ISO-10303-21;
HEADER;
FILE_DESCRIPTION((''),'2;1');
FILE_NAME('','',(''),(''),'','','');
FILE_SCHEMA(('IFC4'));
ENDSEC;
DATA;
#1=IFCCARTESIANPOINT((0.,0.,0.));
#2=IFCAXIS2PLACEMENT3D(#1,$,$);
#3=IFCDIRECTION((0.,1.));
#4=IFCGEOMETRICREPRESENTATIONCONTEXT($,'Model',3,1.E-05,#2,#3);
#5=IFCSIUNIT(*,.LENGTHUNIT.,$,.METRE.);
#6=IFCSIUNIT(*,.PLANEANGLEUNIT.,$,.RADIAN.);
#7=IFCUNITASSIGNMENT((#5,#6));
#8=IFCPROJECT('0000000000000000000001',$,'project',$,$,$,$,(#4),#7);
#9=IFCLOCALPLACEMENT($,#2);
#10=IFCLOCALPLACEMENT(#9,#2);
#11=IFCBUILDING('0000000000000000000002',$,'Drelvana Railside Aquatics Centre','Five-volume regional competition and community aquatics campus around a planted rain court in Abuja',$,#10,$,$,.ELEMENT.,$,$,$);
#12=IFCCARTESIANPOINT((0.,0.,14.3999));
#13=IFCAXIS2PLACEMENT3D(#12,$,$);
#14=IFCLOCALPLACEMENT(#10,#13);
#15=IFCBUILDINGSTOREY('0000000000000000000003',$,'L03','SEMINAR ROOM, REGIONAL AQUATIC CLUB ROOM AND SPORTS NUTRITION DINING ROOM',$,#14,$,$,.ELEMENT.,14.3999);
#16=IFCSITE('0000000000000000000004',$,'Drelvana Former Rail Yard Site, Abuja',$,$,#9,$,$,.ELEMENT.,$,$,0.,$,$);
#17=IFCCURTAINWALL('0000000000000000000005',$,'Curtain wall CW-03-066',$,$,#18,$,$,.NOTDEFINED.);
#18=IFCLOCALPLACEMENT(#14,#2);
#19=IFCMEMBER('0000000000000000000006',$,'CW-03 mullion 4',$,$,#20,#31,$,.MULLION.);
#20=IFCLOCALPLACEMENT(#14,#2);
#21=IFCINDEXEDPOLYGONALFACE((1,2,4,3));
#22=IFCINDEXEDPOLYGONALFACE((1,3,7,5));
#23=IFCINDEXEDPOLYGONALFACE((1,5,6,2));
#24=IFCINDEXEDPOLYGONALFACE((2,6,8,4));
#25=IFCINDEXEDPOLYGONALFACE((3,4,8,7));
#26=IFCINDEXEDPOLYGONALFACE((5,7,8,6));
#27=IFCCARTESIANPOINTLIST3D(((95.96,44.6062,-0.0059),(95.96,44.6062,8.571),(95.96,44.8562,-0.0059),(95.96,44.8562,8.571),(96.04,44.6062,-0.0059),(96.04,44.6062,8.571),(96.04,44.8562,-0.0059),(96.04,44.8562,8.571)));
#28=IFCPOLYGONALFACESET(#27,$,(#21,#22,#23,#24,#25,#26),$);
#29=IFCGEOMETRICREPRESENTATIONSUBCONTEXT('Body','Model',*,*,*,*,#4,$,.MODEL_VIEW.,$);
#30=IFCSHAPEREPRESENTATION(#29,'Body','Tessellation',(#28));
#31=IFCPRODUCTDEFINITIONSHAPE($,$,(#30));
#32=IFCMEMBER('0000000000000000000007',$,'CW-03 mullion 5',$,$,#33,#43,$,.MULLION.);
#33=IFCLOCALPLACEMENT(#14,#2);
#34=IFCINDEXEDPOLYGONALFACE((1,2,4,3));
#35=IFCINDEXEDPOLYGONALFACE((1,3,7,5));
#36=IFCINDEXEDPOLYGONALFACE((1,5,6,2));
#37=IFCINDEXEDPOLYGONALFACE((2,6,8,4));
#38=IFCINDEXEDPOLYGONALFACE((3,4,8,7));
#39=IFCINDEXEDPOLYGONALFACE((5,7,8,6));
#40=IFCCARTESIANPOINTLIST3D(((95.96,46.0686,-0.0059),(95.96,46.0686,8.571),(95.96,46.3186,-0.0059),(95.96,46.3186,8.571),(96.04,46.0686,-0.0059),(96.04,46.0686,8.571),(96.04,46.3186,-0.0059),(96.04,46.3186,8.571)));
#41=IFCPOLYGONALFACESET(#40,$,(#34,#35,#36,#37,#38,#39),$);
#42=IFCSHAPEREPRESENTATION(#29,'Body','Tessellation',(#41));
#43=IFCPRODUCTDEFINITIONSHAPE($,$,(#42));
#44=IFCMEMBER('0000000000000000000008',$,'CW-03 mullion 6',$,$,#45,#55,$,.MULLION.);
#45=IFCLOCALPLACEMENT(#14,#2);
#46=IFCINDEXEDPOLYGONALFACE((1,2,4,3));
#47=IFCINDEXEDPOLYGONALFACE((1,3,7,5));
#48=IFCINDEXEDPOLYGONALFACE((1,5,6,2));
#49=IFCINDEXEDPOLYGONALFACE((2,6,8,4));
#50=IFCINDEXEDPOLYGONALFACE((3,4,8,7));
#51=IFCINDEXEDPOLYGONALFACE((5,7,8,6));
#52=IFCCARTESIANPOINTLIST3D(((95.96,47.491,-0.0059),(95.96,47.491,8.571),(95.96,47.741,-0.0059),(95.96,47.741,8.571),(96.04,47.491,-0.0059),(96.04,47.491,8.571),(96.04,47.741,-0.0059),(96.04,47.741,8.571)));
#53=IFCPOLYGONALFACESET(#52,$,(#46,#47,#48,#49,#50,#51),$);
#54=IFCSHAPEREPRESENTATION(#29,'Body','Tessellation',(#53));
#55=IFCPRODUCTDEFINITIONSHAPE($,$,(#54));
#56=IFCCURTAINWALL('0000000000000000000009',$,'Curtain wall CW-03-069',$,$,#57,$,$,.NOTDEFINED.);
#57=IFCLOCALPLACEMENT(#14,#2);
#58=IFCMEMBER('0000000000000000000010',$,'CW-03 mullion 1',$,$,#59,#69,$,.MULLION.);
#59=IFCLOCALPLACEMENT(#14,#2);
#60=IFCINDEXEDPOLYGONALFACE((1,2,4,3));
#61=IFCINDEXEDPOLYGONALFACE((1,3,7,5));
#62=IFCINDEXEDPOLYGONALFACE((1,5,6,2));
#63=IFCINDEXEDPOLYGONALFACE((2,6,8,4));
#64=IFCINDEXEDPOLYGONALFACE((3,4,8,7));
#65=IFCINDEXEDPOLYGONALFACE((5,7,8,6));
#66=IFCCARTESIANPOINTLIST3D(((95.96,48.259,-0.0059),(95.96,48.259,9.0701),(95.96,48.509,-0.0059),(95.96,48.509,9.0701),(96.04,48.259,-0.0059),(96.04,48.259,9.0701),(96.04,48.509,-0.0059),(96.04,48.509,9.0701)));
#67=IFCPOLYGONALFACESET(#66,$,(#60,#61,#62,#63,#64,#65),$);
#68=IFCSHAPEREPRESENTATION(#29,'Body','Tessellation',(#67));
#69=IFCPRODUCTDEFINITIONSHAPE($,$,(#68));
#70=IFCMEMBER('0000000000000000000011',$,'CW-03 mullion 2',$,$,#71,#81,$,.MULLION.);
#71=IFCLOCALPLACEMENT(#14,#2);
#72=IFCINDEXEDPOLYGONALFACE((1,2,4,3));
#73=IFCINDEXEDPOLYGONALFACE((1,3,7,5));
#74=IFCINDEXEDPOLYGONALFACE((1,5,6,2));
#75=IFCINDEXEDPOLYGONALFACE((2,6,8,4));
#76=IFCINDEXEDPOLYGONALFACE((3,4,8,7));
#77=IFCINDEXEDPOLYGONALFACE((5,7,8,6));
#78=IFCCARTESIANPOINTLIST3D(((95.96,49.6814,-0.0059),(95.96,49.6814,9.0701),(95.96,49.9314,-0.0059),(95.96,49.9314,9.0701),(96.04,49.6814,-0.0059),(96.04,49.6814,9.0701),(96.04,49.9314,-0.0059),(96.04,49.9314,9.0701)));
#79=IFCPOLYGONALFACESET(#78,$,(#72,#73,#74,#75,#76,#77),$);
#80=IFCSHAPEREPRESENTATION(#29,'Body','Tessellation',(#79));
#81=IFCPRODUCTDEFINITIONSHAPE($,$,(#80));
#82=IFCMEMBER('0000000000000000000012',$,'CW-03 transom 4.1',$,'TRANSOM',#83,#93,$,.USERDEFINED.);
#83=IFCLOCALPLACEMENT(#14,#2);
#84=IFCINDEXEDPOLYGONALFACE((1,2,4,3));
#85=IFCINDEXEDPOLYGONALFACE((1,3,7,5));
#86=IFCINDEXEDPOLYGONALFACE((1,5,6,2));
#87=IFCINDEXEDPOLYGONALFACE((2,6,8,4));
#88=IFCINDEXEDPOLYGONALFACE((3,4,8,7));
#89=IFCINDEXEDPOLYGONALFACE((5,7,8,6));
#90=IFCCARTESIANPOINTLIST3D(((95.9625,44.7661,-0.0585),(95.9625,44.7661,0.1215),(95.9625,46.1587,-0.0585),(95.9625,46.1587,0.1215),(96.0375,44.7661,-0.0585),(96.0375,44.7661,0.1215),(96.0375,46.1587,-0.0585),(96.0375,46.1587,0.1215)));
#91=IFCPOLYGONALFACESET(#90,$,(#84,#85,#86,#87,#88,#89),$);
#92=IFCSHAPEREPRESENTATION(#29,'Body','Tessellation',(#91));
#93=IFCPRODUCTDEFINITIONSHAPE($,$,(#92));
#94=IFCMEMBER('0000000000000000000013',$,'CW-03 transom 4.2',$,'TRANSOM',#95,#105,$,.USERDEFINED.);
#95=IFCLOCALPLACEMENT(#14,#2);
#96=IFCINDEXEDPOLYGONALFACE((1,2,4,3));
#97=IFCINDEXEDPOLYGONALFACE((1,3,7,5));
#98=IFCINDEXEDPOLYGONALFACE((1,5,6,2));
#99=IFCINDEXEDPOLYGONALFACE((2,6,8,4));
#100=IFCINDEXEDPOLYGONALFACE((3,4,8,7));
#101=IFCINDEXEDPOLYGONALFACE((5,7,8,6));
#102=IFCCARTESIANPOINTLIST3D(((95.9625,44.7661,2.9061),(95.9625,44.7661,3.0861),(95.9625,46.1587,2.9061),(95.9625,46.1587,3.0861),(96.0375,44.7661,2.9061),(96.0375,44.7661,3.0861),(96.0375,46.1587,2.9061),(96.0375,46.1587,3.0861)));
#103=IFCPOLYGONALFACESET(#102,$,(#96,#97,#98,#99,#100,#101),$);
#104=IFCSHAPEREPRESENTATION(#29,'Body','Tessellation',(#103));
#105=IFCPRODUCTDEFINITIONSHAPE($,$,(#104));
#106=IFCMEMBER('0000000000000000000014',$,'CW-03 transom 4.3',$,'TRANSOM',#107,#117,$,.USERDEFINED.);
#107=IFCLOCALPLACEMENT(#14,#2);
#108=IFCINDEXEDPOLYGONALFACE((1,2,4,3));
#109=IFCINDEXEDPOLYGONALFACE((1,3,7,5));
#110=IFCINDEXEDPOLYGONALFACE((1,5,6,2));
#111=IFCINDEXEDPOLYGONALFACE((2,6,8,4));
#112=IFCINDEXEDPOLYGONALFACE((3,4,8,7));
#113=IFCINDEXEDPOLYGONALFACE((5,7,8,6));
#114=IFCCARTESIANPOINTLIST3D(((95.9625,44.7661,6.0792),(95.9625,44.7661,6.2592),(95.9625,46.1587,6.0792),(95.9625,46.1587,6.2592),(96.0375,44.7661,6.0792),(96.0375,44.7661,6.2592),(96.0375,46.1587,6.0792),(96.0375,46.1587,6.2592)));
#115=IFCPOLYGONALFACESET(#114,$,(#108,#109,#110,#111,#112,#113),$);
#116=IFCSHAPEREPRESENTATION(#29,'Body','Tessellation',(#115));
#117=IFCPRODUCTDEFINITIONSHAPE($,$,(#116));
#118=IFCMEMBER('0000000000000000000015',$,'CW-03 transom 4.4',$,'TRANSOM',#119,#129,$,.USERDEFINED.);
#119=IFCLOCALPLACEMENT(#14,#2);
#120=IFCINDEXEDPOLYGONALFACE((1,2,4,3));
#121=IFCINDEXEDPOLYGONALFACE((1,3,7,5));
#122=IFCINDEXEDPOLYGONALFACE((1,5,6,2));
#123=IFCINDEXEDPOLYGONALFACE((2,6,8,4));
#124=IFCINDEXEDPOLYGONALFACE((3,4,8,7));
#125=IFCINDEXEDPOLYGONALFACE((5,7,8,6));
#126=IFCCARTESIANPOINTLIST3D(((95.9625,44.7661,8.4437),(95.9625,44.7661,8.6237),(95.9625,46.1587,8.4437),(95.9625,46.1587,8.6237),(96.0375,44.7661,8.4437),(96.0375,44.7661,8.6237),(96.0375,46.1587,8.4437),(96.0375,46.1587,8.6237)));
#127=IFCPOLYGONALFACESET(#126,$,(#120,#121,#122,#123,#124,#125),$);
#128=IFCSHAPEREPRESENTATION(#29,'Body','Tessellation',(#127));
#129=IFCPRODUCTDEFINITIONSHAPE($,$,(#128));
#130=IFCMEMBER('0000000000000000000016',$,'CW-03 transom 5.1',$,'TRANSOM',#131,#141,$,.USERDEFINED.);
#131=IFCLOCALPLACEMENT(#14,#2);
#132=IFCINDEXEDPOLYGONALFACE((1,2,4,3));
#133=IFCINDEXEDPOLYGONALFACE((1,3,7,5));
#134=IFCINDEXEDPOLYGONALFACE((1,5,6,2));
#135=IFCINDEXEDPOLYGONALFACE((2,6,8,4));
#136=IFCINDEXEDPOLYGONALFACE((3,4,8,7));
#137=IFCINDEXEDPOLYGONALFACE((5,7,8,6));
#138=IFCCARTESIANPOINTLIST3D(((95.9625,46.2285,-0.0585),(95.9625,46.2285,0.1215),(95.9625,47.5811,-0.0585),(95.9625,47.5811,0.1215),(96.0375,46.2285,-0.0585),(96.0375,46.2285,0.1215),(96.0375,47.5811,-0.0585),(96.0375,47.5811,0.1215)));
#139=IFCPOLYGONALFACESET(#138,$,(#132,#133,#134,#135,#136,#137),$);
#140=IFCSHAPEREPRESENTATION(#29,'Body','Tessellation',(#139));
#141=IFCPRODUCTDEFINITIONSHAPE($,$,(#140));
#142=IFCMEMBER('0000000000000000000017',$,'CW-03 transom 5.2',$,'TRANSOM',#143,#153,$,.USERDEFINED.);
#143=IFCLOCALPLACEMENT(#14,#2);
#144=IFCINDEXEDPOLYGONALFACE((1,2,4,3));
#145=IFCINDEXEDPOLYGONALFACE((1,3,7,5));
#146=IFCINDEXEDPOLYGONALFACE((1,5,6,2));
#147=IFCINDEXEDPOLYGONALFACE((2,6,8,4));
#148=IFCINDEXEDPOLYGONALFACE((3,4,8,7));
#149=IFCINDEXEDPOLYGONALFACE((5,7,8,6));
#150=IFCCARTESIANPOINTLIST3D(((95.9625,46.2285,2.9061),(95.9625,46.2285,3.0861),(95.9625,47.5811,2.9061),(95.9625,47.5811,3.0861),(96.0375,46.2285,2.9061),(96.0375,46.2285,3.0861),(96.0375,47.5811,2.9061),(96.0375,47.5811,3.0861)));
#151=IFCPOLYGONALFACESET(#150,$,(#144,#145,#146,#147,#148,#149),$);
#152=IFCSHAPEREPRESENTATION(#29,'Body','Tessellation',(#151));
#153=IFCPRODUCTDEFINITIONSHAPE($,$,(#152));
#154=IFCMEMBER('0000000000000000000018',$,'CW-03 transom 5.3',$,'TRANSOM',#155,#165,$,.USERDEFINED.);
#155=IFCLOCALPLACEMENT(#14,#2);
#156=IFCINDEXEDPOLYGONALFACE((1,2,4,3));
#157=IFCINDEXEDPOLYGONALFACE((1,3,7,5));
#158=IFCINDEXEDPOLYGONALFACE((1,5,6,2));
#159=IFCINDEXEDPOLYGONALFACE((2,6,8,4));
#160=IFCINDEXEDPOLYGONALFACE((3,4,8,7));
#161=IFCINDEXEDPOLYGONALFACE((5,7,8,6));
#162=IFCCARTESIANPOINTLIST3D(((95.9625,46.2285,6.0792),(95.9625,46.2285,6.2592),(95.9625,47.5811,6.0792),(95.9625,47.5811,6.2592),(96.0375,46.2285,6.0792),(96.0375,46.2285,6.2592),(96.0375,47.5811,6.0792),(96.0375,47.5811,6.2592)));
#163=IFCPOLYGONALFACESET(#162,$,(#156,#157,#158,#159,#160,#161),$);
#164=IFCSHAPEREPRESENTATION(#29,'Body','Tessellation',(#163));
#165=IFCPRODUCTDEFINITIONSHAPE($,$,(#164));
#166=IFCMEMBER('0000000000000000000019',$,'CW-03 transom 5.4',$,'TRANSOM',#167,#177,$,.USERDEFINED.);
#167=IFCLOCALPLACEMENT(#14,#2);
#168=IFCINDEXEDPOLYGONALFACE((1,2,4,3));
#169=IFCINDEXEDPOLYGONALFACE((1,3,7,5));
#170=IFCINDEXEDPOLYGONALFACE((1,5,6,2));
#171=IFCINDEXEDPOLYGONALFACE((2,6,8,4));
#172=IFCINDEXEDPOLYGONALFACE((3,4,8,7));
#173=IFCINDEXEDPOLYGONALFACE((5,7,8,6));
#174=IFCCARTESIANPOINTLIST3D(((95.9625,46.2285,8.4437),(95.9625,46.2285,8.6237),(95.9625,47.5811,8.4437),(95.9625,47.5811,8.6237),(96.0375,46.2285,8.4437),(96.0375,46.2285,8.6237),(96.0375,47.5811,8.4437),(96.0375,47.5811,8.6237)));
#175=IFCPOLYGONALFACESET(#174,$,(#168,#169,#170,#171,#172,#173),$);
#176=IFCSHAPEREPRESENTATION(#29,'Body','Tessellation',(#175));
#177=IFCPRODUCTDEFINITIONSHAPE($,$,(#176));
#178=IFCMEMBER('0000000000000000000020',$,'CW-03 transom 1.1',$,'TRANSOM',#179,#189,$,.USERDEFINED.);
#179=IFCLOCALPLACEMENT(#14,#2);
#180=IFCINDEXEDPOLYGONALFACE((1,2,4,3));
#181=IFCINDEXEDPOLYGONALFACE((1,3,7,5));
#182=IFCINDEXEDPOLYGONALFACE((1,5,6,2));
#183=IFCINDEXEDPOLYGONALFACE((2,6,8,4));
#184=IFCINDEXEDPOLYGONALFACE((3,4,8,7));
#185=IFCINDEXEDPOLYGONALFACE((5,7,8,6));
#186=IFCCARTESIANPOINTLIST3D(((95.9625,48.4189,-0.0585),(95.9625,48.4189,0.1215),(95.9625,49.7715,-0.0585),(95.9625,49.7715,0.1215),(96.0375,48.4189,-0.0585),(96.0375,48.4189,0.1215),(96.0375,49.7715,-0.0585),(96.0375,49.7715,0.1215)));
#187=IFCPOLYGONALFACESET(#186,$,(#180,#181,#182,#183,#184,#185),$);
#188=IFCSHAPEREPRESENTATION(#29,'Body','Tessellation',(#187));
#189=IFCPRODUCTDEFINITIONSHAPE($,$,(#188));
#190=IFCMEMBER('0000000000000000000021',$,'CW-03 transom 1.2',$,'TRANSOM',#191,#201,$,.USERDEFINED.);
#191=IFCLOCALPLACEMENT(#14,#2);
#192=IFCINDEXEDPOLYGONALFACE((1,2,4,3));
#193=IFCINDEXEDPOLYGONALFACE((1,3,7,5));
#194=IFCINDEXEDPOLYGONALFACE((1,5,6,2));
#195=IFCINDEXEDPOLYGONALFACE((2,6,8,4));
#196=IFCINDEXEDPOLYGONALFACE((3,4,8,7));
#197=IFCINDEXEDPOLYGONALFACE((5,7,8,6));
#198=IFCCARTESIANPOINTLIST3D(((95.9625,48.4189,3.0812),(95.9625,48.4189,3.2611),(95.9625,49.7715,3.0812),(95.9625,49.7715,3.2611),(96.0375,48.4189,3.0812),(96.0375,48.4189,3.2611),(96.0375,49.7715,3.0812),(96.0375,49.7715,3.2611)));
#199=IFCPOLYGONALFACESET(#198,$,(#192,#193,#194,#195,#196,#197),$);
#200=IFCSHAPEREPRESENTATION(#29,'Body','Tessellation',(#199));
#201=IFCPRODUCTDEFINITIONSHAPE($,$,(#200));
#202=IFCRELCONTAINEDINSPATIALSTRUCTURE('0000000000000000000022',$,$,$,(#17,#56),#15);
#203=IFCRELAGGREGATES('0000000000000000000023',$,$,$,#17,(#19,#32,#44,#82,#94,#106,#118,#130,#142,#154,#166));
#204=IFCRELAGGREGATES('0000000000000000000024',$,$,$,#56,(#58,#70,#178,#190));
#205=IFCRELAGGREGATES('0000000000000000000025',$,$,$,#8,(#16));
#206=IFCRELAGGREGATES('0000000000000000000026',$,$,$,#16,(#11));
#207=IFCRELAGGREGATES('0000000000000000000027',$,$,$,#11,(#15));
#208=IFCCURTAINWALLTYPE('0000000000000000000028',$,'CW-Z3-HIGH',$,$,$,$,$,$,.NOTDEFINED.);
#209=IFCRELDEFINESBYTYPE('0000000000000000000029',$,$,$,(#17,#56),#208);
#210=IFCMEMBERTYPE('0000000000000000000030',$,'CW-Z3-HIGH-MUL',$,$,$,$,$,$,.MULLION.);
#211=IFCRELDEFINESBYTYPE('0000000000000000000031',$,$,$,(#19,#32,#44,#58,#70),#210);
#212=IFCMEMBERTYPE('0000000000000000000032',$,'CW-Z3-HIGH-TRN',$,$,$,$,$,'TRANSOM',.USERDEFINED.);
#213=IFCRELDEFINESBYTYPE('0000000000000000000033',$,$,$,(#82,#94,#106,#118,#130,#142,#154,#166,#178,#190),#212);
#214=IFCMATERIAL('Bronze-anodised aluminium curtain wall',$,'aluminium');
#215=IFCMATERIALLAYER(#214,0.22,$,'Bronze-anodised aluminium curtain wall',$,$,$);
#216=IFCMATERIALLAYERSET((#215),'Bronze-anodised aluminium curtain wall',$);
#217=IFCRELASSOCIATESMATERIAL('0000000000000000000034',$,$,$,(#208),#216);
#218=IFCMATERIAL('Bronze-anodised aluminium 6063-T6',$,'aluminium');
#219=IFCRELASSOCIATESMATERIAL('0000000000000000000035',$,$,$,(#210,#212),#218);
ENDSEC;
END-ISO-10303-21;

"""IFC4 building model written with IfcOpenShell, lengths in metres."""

from ifc_helpers import new_model, si_unit, direction, frame, origin, origin_2d, place, context, subcontext, project, spatial, rectangle, extrude, material, layer, layer_set, material_profile, profile_set, type_object, element, aggregate, save


model = new_model("IFC4")

# Units and contexts
model_context = context("Model", 3, precision=1e-05, world=origin(), true_north=direction((0.0, 1.0)))
body_context = subcontext(model_context, "Body", "Model", "MODEL_VIEW")
ifc_project = project(units=[si_unit("LENGTHUNIT", "METRE"), si_unit("PLANEANGLEUNIT", "RADIAN")], contexts=[model_context])

# Site, building, storey
site_placement = place(None, origin())
site = spatial("IfcSite", under=ifc_project, at=site_placement, Name="Drelvana Former Rail Yard Site, Abuja", CompositionType="ELEMENT", RefElevation=0.0)
building_placement = place(site_placement, origin())
building = spatial("IfcBuilding", under=site, at=building_placement, Name="Drelvana Railside Aquatics Centre", Description="Five-volume regional competition and community aquatics campus around a planted rain court in Abuja", CompositionType="ELEMENT")
storey_placement = place(building_placement, frame((0.0, 0.0, 14.3999)))
storey = spatial("IfcBuildingStorey", under=building, at=storey_placement, Name="L03", Description="SEMINAR ROOM, REGIONAL AQUATIC CLUB ROOM AND SPORTS NUTRITION DINING ROOM", CompositionType="ELEMENT", Elevation=14.3999)

# Curtain walls, members
ifc_material_1 = material(Name="Bronze-anodised aluminium curtain wall", Category="aluminium")
ifc_layer_1 = layer(ifc_material_1, 0.22, Name="Bronze-anodised aluminium curtain wall")
ifc_layer_set_1 = layer_set([ifc_layer_1], Name="Bronze-anodised aluminium curtain wall")
curtain_wall_type = type_object("IfcCurtainWallType", Name="CW-Z3-HIGH", PredefinedType="NOTDEFINED", material=ifc_layer_set_1)
curtain_wall_1_placement = place(storey_placement, origin())
curtain_wall_1 = element("IfcCurtainWall", 1, at=curtain_wall_1_placement, inside=storey, type_object=curtain_wall_type, Name="Curtain wall CW-03-066", PredefinedType="NOTDEFINED")
ifc_material_2 = material(Name="Bronze-anodised aluminium 6063-T6", Category="aluminium")
ifc_material_profile_1 = material_profile(ifc_material_2, rectangle(XDim=0.0801, YDim=0.25, at=origin_2d()), Name="ALU-M 80x250")
ifc_profile_set_1 = profile_set([ifc_material_profile_1], Name="Bronze-anodised aluminium 6063-T6")
member_type_1 = type_object("IfcMemberType", Name="CW-Z3-HIGH-MUL", PredefinedType="MULLION", material=ifc_profile_set_1)
member_1_placement = place(storey_placement, frame((96.0, 44.7312, -0.0059), z_axis=(0.0, 0.0, 1.0), x_axis=(-1.0, 0.0, 0.0)))
member_1 = element("IfcMember", 2, at=member_1_placement, type_object=member_type_1, Name="CW-03 mullion 4", PredefinedType="MULLION", context=body_context, shape_type="SweptSolid", body=[
    extrude(rectangle(XDim=0.0801, YDim=0.25, at=origin_2d()), origin(), (0.0, 0.0, 1.0), 8.5769),
])
member_2_placement = place(storey_placement, frame((96.0, 46.1936, -0.0059), z_axis=(0.0, 0.0, 1.0), x_axis=(-1.0, 0.0, 0.0)))
member_2 = element("IfcMember", 3, at=member_2_placement, type_object=member_type_1, Name="CW-03 mullion 5", PredefinedType="MULLION", context=body_context, shape_type="SweptSolid", body=[
    extrude(rectangle(XDim=0.0801, YDim=0.25, at=origin_2d()), origin(), (0.0, 0.0, 1.0), 8.5769),
])
member_3_placement = place(storey_placement, frame((96.0, 47.616, -0.0059), z_axis=(0.0, 0.0, 1.0), x_axis=(-1.0, 0.0, 0.0)))
member_3 = element("IfcMember", 4, at=member_3_placement, type_object=member_type_1, Name="CW-03 mullion 6", PredefinedType="MULLION", context=body_context, shape_type="SweptSolid", body=[
    extrude(rectangle(XDim=0.0801, YDim=0.25, at=origin_2d()), origin(), (0.0, 0.0, 1.0), 8.5769),
])
curtain_wall_2_placement = place(storey_placement, origin())
curtain_wall_2 = element("IfcCurtainWall", 5, at=curtain_wall_2_placement, inside=storey, type_object=curtain_wall_type, Name="Curtain wall CW-03-069", PredefinedType="NOTDEFINED")
member_4_placement = place(storey_placement, frame((96.0, 48.384, -0.0059), z_axis=(0.0, 0.0, 1.0), x_axis=(-1.0, 0.0, 0.0)))
member_4 = element("IfcMember", 6, at=member_4_placement, type_object=member_type_1, Name="CW-03 mullion 1", PredefinedType="MULLION", context=body_context, shape_type="SweptSolid", body=[
    extrude(rectangle(XDim=0.0801, YDim=0.25, at=origin_2d()), origin(), (0.0, 0.0, 1.0), 9.0759),
])
member_5_placement = place(storey_placement, frame((96.0, 49.8064, -0.0059), z_axis=(0.0, 0.0, 1.0), x_axis=(-1.0, 0.0, 0.0)))
member_5 = element("IfcMember", 7, at=member_5_placement, type_object=member_type_1, Name="CW-03 mullion 2", PredefinedType="MULLION", context=body_context, shape_type="SweptSolid", body=[
    extrude(rectangle(XDim=0.0801, YDim=0.25, at=origin_2d()), origin(), (0.0, 0.0, 1.0), 9.0759),
])

# Members
ifc_material_profile_2 = material_profile(ifc_material_2, rectangle(XDim=0.1799, YDim=0.075, at=origin_2d()), Name="ALU-T 75x180")
ifc_profile_set_2 = profile_set([ifc_material_profile_2], Name="Bronze-anodised aluminium 6063-T6")
member_type_2 = type_object("IfcMemberType", Name="CW-Z3-HIGH-TRN", ElementType="TRANSOM", PredefinedType="USERDEFINED", material=ifc_profile_set_2)
member_6_placement = place(storey_placement, frame((96.0, 44.7661, 0.0315), z_axis=(0.0, 1.0, 0.0), x_axis=(0.0, 0.0, 1.0)))
member_6 = element("IfcMember", 8, at=member_6_placement, type_object=member_type_2, Name="CW-03 transom 4.1", ObjectType="TRANSOM", PredefinedType="USERDEFINED", context=body_context, shape_type="SweptSolid", body=[
    extrude(rectangle(XDim=0.1799, YDim=0.075, at=origin_2d()), origin(), (0.0, 0.0, 1.0), 1.3926),
])
member_7_placement = place(storey_placement, frame((96.0, 44.7661, 2.9961), z_axis=(0.0, 1.0, 0.0), x_axis=(0.0, 0.0, 1.0)))
member_7 = element("IfcMember", 9, at=member_7_placement, type_object=member_type_2, Name="CW-03 transom 4.2", ObjectType="TRANSOM", PredefinedType="USERDEFINED", context=body_context, shape_type="SweptSolid", body=[
    extrude(rectangle(XDim=0.1799, YDim=0.075, at=origin_2d()), origin(), (0.0, 0.0, 1.0), 1.3926),
])
member_8_placement = place(storey_placement, frame((96.0, 44.7661, 6.1692), z_axis=(0.0, 1.0, 0.0), x_axis=(0.0, 0.0, 1.0)))
member_8 = element("IfcMember", 10, at=member_8_placement, type_object=member_type_2, Name="CW-03 transom 4.3", ObjectType="TRANSOM", PredefinedType="USERDEFINED", context=body_context, shape_type="SweptSolid", body=[
    extrude(rectangle(XDim=0.1799, YDim=0.075, at=origin_2d()), origin(), (0.0, 0.0, 1.0), 1.3926),
])
member_9_placement = place(storey_placement, frame((96.0, 44.7661, 8.5337), z_axis=(0.0, 1.0, 0.0), x_axis=(0.0, 0.0, 1.0)))
member_9 = element("IfcMember", 11, at=member_9_placement, type_object=member_type_2, Name="CW-03 transom 4.4", ObjectType="TRANSOM", PredefinedType="USERDEFINED", context=body_context, shape_type="SweptSolid", body=[
    extrude(rectangle(XDim=0.1799, YDim=0.075, at=origin_2d()), origin(), (0.0, 0.0, 1.0), 1.3926),
])
member_10_placement = place(storey_placement, frame((96.0, 46.2285, 0.0315), z_axis=(0.0, 1.0, 0.0), x_axis=(0.0, 0.0, 1.0)))
member_10 = element("IfcMember", 12, at=member_10_placement, type_object=member_type_2, Name="CW-03 transom 5.1", ObjectType="TRANSOM", PredefinedType="USERDEFINED", context=body_context, shape_type="SweptSolid", body=[
    extrude(rectangle(XDim=0.1799, YDim=0.075, at=origin_2d()), origin(), (0.0, 0.0, 1.0), 1.3525),
])
member_11_placement = place(storey_placement, frame((96.0, 46.2285, 2.9961), z_axis=(0.0, 1.0, 0.0), x_axis=(0.0, 0.0, 1.0)))
member_11 = element("IfcMember", 13, at=member_11_placement, type_object=member_type_2, Name="CW-03 transom 5.2", ObjectType="TRANSOM", PredefinedType="USERDEFINED", context=body_context, shape_type="SweptSolid", body=[
    extrude(rectangle(XDim=0.1799, YDim=0.075, at=origin_2d()), origin(), (0.0, 0.0, 1.0), 1.3525),
])
member_12_placement = place(storey_placement, frame((96.0, 46.2285, 6.1692), z_axis=(0.0, 1.0, 0.0), x_axis=(0.0, 0.0, 1.0)))
member_12 = element("IfcMember", 14, at=member_12_placement, type_object=member_type_2, Name="CW-03 transom 5.3", ObjectType="TRANSOM", PredefinedType="USERDEFINED", context=body_context, shape_type="SweptSolid", body=[
    extrude(rectangle(XDim=0.1799, YDim=0.075, at=origin_2d()), origin(), (0.0, 0.0, 1.0), 1.3525),
])
member_13_placement = place(storey_placement, frame((96.0, 46.2285, 8.5337), z_axis=(0.0, 1.0, 0.0), x_axis=(0.0, 0.0, 1.0)))
member_13 = element("IfcMember", 15, at=member_13_placement, type_object=member_type_2, Name="CW-03 transom 5.4", ObjectType="TRANSOM", PredefinedType="USERDEFINED", context=body_context, shape_type="SweptSolid", body=[
    extrude(rectangle(XDim=0.1799, YDim=0.075, at=origin_2d()), origin(), (0.0, 0.0, 1.0), 1.3525),
])
member_14_placement = place(storey_placement, frame((96.0, 48.4189, 0.0315), z_axis=(0.0, 1.0, 0.0), x_axis=(0.0, 0.0, 1.0)))
member_14 = element("IfcMember", 16, at=member_14_placement, type_object=member_type_2, Name="CW-03 transom 1.1", ObjectType="TRANSOM", PredefinedType="USERDEFINED", context=body_context, shape_type="SweptSolid", body=[
    extrude(rectangle(XDim=0.1799, YDim=0.075, at=origin_2d()), origin(), (0.0, 0.0, 1.0), 1.3525),
])
member_15_placement = place(storey_placement, frame((96.0, 48.4189, 3.1711), z_axis=(0.0, 1.0, 0.0), x_axis=(0.0, 0.0, 1.0)))
member_15 = element("IfcMember", 17, at=member_15_placement, type_object=member_type_2, Name="CW-03 transom 1.2", ObjectType="TRANSOM", PredefinedType="USERDEFINED", context=body_context, shape_type="SweptSolid", body=[
    extrude(rectangle(XDim=0.1799, YDim=0.075, at=origin_2d()), origin(), (0.0, 0.0, 1.0), 1.3525),
])

aggregate(curtain_wall_1, [member_1, member_2, member_3, member_6, member_7, member_8, member_9, member_10, member_11, member_12, member_13])
aggregate(curtain_wall_2, [member_4, member_5, member_14, member_15])

save(model, "model.ifc")
